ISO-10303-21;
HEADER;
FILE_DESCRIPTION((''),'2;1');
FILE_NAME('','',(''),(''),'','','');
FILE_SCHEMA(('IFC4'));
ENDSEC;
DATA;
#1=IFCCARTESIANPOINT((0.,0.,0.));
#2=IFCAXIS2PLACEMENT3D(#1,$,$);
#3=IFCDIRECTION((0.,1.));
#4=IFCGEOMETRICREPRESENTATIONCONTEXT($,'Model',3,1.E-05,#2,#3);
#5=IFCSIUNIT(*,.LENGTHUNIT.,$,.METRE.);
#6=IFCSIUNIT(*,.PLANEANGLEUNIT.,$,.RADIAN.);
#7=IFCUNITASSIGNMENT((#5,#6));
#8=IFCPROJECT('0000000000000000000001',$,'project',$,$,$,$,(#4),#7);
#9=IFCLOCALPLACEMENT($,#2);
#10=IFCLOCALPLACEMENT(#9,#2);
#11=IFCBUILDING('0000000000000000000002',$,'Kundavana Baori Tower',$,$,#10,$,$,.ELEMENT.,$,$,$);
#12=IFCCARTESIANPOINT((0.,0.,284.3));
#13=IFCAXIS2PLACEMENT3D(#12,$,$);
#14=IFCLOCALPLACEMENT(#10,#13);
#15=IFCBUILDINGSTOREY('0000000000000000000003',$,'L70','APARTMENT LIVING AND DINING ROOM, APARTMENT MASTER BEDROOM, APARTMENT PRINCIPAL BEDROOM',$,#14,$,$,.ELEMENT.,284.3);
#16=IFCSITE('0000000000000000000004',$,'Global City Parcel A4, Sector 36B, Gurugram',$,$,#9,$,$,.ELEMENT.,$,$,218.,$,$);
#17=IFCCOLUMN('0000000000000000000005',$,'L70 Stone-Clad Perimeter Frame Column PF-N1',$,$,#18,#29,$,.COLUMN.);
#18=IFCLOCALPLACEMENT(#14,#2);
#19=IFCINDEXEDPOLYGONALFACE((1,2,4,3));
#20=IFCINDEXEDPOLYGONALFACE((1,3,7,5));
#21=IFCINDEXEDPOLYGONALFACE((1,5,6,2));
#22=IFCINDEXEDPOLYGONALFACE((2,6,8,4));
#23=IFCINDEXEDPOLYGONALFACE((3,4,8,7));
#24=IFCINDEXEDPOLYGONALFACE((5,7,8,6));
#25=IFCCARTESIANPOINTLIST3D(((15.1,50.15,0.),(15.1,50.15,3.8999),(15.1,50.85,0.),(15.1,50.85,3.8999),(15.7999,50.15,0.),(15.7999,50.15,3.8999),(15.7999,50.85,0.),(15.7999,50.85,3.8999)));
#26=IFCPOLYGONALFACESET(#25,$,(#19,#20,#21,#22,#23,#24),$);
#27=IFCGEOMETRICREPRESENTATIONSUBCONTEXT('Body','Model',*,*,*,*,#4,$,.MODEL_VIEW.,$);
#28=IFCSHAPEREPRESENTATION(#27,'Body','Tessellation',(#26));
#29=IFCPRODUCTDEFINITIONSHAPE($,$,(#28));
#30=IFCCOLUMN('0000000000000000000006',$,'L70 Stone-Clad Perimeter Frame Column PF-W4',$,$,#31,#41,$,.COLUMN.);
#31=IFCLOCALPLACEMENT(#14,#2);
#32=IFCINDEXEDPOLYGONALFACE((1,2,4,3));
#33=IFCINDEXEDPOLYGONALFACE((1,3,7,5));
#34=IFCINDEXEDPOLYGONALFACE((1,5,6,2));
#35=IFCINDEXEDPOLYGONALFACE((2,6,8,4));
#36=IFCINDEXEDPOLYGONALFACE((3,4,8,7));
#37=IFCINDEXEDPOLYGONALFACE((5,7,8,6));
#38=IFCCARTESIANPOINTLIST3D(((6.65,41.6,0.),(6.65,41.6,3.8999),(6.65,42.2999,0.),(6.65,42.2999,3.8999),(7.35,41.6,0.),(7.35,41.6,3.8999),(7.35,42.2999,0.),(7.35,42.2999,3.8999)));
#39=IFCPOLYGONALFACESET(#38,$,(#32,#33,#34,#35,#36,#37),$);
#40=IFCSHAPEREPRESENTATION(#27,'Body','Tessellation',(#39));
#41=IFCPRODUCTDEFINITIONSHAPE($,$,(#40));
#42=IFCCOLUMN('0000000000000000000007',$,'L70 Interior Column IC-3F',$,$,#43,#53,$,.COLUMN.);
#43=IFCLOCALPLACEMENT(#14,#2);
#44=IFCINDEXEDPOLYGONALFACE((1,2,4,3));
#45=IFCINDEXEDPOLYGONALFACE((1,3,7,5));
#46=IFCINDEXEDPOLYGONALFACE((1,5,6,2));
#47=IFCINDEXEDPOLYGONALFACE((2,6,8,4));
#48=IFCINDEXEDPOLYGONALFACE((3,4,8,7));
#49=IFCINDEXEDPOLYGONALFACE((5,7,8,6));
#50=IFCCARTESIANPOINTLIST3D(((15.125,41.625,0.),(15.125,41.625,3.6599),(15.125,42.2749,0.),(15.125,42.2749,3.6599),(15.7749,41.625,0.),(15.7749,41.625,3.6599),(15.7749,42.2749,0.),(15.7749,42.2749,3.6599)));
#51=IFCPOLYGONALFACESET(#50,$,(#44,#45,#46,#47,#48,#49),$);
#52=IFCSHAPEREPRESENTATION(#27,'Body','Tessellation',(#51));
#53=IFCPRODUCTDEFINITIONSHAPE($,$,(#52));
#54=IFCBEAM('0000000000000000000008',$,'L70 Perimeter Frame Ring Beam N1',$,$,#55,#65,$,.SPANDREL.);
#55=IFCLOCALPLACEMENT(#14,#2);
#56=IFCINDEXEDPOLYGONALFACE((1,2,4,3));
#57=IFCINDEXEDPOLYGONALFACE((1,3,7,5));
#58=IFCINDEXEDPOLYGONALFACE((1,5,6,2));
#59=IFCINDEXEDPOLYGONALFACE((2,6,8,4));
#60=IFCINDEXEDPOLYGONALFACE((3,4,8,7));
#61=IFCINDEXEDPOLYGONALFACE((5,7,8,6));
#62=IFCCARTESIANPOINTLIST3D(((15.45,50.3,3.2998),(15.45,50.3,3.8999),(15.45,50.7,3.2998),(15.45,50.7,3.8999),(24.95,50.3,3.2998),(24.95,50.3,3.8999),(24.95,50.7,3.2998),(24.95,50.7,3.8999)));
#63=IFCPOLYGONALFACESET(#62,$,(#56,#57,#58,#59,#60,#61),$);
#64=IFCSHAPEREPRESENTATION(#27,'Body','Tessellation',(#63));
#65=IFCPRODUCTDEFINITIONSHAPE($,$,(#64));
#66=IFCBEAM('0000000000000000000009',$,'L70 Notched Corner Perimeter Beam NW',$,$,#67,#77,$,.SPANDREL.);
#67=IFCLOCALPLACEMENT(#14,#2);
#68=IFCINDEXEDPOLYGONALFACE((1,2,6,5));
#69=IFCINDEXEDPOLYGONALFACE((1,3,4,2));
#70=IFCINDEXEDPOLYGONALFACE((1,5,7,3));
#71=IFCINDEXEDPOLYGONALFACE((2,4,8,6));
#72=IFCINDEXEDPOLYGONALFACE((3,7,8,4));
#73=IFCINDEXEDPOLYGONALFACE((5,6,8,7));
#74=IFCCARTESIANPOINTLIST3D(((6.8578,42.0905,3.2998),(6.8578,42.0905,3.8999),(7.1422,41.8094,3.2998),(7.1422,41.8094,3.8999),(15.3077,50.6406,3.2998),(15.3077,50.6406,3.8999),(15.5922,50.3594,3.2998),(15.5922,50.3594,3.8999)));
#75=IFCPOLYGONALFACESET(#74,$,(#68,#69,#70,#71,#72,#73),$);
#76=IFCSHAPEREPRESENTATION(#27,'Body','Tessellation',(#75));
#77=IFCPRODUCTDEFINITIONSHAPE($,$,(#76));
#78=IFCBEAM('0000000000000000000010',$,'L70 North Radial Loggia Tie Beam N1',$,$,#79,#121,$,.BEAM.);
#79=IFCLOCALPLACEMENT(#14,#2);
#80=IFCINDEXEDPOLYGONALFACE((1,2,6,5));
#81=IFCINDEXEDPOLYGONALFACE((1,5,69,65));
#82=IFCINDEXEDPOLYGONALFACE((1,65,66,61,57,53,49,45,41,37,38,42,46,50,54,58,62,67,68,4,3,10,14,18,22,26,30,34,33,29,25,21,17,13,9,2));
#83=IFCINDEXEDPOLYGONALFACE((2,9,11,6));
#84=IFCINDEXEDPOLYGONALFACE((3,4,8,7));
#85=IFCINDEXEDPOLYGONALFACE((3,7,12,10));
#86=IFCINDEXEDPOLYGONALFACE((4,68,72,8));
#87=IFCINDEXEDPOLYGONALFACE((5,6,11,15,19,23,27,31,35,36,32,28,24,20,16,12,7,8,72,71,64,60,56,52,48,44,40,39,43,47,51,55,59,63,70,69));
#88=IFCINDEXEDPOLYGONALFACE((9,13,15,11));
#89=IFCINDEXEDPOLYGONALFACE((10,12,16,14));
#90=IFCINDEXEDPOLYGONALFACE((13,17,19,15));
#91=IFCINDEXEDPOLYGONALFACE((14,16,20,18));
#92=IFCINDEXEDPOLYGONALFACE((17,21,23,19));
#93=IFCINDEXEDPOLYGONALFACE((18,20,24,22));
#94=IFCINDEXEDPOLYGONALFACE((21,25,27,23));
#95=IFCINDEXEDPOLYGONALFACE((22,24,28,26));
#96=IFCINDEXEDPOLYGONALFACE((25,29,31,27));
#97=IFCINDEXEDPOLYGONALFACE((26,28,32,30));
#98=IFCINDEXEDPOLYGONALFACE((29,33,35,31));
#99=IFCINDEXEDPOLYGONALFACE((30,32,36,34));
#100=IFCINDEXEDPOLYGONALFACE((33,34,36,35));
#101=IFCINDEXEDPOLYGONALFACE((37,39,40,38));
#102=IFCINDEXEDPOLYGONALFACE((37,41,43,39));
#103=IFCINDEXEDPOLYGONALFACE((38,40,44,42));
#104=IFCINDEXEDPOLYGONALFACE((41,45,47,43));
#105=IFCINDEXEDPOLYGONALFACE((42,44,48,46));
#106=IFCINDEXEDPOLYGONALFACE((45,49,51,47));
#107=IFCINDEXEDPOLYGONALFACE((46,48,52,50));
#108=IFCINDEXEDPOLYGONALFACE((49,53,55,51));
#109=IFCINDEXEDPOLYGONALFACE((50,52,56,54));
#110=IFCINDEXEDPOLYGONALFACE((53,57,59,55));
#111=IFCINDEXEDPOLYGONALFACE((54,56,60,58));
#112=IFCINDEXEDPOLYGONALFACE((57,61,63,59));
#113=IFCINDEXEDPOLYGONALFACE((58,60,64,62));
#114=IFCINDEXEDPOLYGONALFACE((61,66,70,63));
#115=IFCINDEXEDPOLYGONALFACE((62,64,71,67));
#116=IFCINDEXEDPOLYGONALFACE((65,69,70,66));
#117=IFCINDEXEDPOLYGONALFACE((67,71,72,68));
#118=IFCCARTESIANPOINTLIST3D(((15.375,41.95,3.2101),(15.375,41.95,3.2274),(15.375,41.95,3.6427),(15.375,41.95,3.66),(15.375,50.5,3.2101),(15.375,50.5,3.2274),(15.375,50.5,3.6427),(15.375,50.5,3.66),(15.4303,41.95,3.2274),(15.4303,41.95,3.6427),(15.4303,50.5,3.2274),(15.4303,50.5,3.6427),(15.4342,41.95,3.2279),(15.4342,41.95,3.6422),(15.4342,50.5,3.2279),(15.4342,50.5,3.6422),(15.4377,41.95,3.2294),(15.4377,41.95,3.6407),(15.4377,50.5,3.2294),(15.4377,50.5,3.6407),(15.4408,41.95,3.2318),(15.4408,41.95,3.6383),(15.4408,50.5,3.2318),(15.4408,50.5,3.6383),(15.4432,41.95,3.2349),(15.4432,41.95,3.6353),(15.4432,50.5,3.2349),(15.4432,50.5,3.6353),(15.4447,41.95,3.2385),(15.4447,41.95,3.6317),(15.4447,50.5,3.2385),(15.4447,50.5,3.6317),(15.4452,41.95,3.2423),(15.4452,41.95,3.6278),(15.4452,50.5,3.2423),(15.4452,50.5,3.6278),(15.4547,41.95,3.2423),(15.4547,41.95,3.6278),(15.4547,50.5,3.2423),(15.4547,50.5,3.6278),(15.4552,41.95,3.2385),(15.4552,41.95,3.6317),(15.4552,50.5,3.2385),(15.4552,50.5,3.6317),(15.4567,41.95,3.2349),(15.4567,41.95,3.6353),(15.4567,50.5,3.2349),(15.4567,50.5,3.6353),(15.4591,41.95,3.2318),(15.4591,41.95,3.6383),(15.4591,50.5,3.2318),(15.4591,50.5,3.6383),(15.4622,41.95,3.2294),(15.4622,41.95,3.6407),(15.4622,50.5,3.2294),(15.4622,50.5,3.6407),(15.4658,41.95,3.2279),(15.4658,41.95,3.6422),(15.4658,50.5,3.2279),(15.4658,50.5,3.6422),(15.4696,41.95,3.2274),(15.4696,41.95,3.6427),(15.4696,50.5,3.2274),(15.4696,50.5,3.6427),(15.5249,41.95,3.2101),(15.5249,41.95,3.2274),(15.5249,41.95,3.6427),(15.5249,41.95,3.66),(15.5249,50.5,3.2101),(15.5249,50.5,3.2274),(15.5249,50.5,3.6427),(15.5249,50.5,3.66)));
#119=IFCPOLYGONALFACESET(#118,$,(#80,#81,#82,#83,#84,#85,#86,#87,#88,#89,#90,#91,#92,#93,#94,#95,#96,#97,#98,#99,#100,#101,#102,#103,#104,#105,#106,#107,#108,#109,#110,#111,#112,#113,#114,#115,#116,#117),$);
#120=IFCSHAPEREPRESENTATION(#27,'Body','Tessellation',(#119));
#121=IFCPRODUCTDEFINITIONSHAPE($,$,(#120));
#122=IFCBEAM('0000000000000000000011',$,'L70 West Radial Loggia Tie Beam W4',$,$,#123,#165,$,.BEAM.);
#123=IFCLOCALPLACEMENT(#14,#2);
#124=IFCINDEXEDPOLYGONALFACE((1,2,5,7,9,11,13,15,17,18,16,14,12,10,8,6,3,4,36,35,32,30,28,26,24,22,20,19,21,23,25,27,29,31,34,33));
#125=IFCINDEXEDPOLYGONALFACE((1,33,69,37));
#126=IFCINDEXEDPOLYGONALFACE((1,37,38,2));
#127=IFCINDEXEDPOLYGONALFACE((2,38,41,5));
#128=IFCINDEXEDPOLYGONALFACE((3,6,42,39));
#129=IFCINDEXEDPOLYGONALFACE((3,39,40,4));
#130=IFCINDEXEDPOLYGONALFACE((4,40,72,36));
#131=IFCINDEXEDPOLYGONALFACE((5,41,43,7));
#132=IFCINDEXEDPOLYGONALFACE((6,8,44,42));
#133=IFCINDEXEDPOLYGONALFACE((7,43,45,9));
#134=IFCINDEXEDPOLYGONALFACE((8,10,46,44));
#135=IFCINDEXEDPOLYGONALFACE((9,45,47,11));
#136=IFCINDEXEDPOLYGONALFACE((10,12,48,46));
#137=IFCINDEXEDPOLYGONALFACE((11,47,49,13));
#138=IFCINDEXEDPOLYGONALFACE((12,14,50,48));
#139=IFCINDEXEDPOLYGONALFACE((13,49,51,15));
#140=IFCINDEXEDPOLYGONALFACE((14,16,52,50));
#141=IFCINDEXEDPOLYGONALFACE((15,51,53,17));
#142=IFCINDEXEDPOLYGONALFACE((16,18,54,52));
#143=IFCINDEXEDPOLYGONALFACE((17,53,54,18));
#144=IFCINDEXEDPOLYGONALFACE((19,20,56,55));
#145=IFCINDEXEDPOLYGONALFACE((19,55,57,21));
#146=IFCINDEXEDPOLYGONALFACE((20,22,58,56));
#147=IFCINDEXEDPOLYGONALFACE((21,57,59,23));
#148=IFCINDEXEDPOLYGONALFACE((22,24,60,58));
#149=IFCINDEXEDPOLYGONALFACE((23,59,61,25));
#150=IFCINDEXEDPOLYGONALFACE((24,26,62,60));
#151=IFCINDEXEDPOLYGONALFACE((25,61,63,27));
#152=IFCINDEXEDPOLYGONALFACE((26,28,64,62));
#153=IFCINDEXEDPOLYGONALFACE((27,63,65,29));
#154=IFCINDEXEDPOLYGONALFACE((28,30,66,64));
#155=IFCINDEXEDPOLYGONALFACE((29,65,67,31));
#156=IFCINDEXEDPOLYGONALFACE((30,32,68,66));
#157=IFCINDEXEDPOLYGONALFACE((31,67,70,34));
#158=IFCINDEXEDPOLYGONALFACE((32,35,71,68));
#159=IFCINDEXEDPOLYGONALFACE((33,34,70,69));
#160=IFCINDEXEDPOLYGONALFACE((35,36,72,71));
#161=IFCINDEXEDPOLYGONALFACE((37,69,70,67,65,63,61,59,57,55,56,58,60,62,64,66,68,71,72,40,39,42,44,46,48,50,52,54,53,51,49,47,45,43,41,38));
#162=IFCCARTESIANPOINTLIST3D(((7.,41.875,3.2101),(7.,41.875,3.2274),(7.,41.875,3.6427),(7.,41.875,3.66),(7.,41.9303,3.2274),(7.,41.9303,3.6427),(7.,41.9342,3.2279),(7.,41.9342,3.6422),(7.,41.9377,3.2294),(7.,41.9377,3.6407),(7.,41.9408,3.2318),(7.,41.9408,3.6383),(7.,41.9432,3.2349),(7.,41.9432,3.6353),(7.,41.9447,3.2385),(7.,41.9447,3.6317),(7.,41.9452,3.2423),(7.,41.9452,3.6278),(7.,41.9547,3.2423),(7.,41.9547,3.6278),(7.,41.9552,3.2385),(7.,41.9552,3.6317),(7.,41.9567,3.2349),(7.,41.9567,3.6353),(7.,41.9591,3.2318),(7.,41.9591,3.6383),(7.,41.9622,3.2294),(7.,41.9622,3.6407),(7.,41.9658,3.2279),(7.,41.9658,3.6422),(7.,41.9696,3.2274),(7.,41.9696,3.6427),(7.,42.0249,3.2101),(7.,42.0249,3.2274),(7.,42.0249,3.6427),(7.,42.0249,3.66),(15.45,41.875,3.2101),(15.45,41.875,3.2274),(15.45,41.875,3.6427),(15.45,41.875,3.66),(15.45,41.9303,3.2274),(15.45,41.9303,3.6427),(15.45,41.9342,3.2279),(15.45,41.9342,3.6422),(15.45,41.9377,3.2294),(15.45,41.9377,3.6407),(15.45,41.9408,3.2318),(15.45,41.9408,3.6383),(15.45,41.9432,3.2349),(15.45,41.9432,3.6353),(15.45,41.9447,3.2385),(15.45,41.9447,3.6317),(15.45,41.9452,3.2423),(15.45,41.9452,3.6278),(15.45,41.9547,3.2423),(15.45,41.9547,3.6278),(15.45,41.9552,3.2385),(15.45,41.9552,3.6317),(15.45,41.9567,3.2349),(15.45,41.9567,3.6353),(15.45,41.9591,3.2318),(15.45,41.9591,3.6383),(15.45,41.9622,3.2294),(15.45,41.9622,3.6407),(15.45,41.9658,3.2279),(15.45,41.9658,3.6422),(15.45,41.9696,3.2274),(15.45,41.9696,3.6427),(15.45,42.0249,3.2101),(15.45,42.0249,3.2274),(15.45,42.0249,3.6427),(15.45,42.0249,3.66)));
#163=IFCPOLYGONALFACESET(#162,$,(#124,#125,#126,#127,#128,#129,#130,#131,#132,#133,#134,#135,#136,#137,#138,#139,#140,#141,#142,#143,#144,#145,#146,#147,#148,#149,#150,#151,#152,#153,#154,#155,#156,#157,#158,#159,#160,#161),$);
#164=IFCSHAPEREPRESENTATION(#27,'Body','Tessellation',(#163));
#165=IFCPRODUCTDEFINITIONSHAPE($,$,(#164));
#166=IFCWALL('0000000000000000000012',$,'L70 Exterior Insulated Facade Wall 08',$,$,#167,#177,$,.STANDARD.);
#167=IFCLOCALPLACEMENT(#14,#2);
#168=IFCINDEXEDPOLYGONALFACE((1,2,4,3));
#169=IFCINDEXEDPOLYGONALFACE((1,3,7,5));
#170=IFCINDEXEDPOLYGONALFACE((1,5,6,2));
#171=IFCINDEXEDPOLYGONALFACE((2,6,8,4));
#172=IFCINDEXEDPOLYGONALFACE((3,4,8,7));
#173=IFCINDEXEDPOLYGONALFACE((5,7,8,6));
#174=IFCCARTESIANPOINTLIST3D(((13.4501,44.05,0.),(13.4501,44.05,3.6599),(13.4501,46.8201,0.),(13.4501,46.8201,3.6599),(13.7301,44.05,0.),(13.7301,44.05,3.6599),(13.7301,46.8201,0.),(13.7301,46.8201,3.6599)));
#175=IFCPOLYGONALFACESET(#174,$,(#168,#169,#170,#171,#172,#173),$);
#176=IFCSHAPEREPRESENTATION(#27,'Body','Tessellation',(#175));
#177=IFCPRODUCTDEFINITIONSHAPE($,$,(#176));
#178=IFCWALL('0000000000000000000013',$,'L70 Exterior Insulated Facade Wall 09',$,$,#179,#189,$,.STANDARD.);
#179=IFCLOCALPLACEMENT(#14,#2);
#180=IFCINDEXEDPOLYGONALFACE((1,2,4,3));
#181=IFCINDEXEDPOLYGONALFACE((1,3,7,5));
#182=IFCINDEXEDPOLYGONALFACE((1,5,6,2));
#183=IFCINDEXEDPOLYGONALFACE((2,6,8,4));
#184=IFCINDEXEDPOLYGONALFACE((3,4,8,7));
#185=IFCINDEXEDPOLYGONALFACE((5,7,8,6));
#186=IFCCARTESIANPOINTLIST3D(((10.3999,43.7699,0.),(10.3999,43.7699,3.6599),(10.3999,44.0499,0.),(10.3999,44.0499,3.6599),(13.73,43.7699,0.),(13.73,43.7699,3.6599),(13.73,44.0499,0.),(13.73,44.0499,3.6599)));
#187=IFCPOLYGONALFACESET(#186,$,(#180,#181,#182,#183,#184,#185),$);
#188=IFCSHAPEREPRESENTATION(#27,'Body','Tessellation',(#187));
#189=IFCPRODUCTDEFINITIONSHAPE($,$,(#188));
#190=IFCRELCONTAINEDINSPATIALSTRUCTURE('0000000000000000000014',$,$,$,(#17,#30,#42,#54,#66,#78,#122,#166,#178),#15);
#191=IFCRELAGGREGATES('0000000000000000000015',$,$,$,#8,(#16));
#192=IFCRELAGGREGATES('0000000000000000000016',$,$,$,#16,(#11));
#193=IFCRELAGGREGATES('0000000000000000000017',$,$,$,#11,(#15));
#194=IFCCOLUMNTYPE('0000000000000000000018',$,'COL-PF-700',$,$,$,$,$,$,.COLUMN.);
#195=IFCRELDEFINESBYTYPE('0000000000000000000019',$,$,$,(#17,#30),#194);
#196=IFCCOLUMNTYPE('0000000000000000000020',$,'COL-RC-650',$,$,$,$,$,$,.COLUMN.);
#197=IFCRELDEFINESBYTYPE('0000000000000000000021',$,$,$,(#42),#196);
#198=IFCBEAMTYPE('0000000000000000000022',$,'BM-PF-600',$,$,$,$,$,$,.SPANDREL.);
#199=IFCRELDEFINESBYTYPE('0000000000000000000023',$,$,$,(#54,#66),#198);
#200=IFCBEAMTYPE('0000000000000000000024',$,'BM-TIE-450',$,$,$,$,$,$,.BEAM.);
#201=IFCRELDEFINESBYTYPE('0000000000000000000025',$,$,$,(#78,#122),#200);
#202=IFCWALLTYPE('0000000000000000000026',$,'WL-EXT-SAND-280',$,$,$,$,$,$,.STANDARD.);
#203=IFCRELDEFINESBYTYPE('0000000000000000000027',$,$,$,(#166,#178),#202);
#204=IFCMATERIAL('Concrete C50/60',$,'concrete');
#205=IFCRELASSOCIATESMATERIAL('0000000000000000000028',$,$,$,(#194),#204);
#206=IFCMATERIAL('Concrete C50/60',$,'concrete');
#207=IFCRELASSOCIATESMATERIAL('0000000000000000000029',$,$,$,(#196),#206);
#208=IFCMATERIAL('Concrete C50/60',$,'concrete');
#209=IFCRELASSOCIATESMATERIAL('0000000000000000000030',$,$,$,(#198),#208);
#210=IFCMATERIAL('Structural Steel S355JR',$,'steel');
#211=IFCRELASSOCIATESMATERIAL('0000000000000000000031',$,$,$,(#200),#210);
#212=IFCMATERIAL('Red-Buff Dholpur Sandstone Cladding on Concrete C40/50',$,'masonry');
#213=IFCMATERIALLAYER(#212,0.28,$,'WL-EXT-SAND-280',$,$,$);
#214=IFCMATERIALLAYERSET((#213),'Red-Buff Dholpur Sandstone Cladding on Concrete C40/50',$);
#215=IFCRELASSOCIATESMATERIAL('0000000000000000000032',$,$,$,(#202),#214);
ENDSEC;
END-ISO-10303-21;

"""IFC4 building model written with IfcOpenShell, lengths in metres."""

from ifc_helpers import new_model, si_unit, direction, frame, frame_2d, origin, origin_2d, place, context, subcontext, project, spatial, rectangle, i_section, extrude, material, layer, layer_set, material_profile, profile_set, type_object, element, save


model = new_model("IFC4")

# Units and contexts
model_context = context("Model", 3, precision=1e-05, world=origin(), true_north=direction((0.0, 1.0)))
body_context = subcontext(model_context, "Body", "Model", "MODEL_VIEW")
ifc_project = project(units=[si_unit("LENGTHUNIT", "METRE"), si_unit("PLANEANGLEUNIT", "RADIAN")], contexts=[model_context])

# Site, building, storey
site_placement = place(None, origin())
site = spatial("IfcSite", under=ifc_project, at=site_placement, Name="Global City Parcel A4, Sector 36B, Gurugram", CompositionType="ELEMENT", RefElevation=218.0)
building_placement = place(site_placement, origin())
building = spatial("IfcBuilding", under=site, at=building_placement, Name="Kundavana Baori Tower", CompositionType="ELEMENT")
storey_placement = place(building_placement, frame((0.0, 0.0, 284.3)))
storey = spatial("IfcBuildingStorey", under=building, at=storey_placement, Name="L70", Description="APARTMENT LIVING AND DINING ROOM, APARTMENT MASTER BEDROOM, APARTMENT PRINCIPAL BEDROOM", CompositionType="ELEMENT", Elevation=284.3)

# Columns
ifc_material_1 = material(Name="Concrete C50/60", Category="concrete")
ifc_material_profile_1 = material_profile(ifc_material_1, rectangle(XDim=0.7, YDim=0.7, at=origin_2d()), Name="RC PF 700x700")
ifc_profile_set_1 = profile_set([ifc_material_profile_1], Name="Concrete C50/60")
column_type_1 = type_object("IfcColumnType", Name="COL-PF-700", PredefinedType="COLUMN", material=ifc_profile_set_1)
for number, where, z_axis, x_axis, name in (
    (1, (15.45, 50.5, 0.0), (0.0, 0.0, 1.0), (1.0, 0.0, 0.0), "L70 Stone-Clad Perimeter Frame Column PF-N1"),
    (2, (7.0, 41.95, 0.0), (0.0, 0.0, 1.0), (1.0, 0.0, 0.0), "L70 Stone-Clad Perimeter Frame Column PF-W4"),
):
    element("IfcColumn", number, at=place(storey_placement, frame(where, z_axis=z_axis, x_axis=x_axis)), inside=storey, type_object=column_type_1, Name=name, PredefinedType="COLUMN", context=body_context, shape_type="SweptSolid", body=[
        extrude(rectangle(XDim=0.7, YDim=0.7, at=origin_2d()), origin(), (0.0, 0.0, 1.0), 3.8999),
    ])
ifc_material_2 = material(Name="Concrete C50/60", Category="concrete")
ifc_material_profile_2 = material_profile(ifc_material_2, rectangle(XDim=0.6499, YDim=0.6499, at=origin_2d()), Name="RC 650x650")
ifc_profile_set_2 = profile_set([ifc_material_profile_2], Name="Concrete C50/60")
column_type_2 = type_object("IfcColumnType", Name="COL-RC-650", PredefinedType="COLUMN", material=ifc_profile_set_2)
column_placement = place(storey_placement, frame((15.45, 41.95, 0.0), z_axis=(0.0, 0.0, 1.0), x_axis=(1.0, 0.0, 0.0)))
element("IfcColumn", 3, at=column_placement, inside=storey, type_object=column_type_2, Name="L70 Interior Column IC-3F", PredefinedType="COLUMN", context=body_context, shape_type="SweptSolid", body=[
    extrude(rectangle(XDim=0.6499, YDim=0.6499, at=origin_2d()), origin(), (0.0, 0.0, 1.0), 3.6599),
])

# Beams
ifc_material_3 = material(Name="Concrete C50/60", Category="concrete")
ifc_material_profile_3 = material_profile(ifc_material_3, rectangle(XDim=0.3999, YDim=0.6001, at=origin_2d()), Name="RC BM 400x600")
ifc_profile_set_3 = profile_set([ifc_material_profile_3], Name="Concrete C50/60")
beam_type_1 = type_object("IfcBeamType", Name="BM-PF-600", PredefinedType="SPANDREL", material=ifc_profile_set_3)
beam_1_placement = place(storey_placement, frame((15.45, 50.5, 3.5999), z_axis=(1.0, 0.0, 0.0), x_axis=(0.0, 1.0, 0.0)))
element("IfcBeam", 4, at=beam_1_placement, inside=storey, type_object=beam_type_1, Name="L70 Perimeter Frame Ring Beam N1", PredefinedType="SPANDREL", context=body_context, shape_type="SweptSolid", body=[
    extrude(rectangle(XDim=0.3999, YDim=0.6001, at=origin_2d()), origin(), (0.0, 0.0, 1.0), 9.5),
])
beam_2_placement = place(storey_placement, frame((15.45, 50.5, 3.5999), z_axis=(-0.702931, -0.711258, 0.0), x_axis=(0.711258, -0.702931, 0.0)))
element("IfcBeam", 5, at=beam_2_placement, inside=storey, type_object=beam_type_1, Name="L70 Notched Corner Perimeter Beam NW", PredefinedType="SPANDREL", context=body_context, shape_type="SweptSolid", body=[
    extrude(rectangle(XDim=0.3999, YDim=0.6001, at=origin_2d()), origin(), (0.0, 0.0, 1.0), 12.021),
])
ifc_material_4 = material(Name="Structural Steel S355JR", Category="steel")
ifc_material_profile_4 = material_profile(ifc_material_4, i_section(OverallWidth=0.1499, OverallDepth=0.45, WebThickness=0.0095, FlangeThickness=0.0173, FilletRadius=0.0149, at=origin_2d()), Name="ISMB 450")
ifc_profile_set_4 = profile_set([ifc_material_profile_4], Name="Structural Steel S355JR")
beam_type_2 = type_object("IfcBeamType", Name="BM-TIE-450", PredefinedType="BEAM", material=ifc_profile_set_4)
beam_3_placement = place(storey_placement, frame((15.45, 41.95, 3.4351), z_axis=(0.0, 1.0, 0.0), x_axis=(-1.0, 0.0, 0.0)))
element("IfcBeam", 6, at=beam_3_placement, inside=storey, type_object=beam_type_2, Name="L70 North Radial Loggia Tie Beam N1", PredefinedType="BEAM", context=body_context, shape_type="SweptSolid", body=[
    extrude(i_section(OverallWidth=0.1499, OverallDepth=0.45, WebThickness=0.0095, FlangeThickness=0.0173, FilletRadius=0.0149, at=origin_2d()), origin(), (0.0, 0.0, 1.0), 8.55),
])
beam_4_placement = place(storey_placement, frame((15.45, 41.95, 3.4351), z_axis=(-1.0, 0.0, 0.0), x_axis=(0.0, -1.0, 0.0)))
element("IfcBeam", 7, at=beam_4_placement, inside=storey, type_object=beam_type_2, Name="L70 West Radial Loggia Tie Beam W4", PredefinedType="BEAM", context=body_context, shape_type="SweptSolid", body=[
    extrude(i_section(OverallWidth=0.1499, OverallDepth=0.45, WebThickness=0.0095, FlangeThickness=0.0173, FilletRadius=0.0149, at=origin_2d()), origin(), (0.0, 0.0, 1.0), 8.45),
])

# Walls
ifc_material_5 = material(Name="Red-Buff Dholpur Sandstone Cladding on Concrete C40/50", Category="masonry")
ifc_layer_1 = layer(ifc_material_5, 0.28, Name="WL-EXT-SAND-280")
ifc_layer_set_1 = layer_set([ifc_layer_1], Name="Red-Buff Dholpur Sandstone Cladding on Concrete C40/50")
wall_type_1 = type_object("IfcWallType", Name="WL-EXT-SAND-280", PredefinedType="STANDARD", material=ifc_layer_set_1)
wall_1_placement = place(storey_placement, frame((13.5901, 46.8201, 0.0), z_axis=(0.0, 0.0, 1.0), x_axis=(0.0, -1.0, 0.0)))
element("IfcWall", 8, at=wall_1_placement, inside=storey, type_object=wall_type_1, Name="L70 Exterior Insulated Facade Wall 08", PredefinedType="STANDARD", context=body_context, shape_type="SweptSolid", body=[
    extrude(rectangle(XDim=2.77, YDim=0.28, at=frame_2d((1.385, 0.0))), origin(), (0.0, 0.0, 1.0), 3.6599),
])
wall_2_placement = place(storey_placement, frame((13.73, 43.9099, 0.0), z_axis=(0.0, 0.0, 1.0), x_axis=(-1.0, 0.0, 0.0)))
element("IfcWall", 9, at=wall_2_placement, inside=storey, type_object=wall_type_1, Name="L70 Exterior Insulated Facade Wall 09", PredefinedType="STANDARD", context=body_context, shape_type="SweptSolid", body=[
    extrude(rectangle(XDim=3.3301, YDim=0.28, at=frame_2d((1.665, 0.0))), origin(), (0.0, 0.0, 1.0), 3.6599),
])

save(model, "model.ifc")
